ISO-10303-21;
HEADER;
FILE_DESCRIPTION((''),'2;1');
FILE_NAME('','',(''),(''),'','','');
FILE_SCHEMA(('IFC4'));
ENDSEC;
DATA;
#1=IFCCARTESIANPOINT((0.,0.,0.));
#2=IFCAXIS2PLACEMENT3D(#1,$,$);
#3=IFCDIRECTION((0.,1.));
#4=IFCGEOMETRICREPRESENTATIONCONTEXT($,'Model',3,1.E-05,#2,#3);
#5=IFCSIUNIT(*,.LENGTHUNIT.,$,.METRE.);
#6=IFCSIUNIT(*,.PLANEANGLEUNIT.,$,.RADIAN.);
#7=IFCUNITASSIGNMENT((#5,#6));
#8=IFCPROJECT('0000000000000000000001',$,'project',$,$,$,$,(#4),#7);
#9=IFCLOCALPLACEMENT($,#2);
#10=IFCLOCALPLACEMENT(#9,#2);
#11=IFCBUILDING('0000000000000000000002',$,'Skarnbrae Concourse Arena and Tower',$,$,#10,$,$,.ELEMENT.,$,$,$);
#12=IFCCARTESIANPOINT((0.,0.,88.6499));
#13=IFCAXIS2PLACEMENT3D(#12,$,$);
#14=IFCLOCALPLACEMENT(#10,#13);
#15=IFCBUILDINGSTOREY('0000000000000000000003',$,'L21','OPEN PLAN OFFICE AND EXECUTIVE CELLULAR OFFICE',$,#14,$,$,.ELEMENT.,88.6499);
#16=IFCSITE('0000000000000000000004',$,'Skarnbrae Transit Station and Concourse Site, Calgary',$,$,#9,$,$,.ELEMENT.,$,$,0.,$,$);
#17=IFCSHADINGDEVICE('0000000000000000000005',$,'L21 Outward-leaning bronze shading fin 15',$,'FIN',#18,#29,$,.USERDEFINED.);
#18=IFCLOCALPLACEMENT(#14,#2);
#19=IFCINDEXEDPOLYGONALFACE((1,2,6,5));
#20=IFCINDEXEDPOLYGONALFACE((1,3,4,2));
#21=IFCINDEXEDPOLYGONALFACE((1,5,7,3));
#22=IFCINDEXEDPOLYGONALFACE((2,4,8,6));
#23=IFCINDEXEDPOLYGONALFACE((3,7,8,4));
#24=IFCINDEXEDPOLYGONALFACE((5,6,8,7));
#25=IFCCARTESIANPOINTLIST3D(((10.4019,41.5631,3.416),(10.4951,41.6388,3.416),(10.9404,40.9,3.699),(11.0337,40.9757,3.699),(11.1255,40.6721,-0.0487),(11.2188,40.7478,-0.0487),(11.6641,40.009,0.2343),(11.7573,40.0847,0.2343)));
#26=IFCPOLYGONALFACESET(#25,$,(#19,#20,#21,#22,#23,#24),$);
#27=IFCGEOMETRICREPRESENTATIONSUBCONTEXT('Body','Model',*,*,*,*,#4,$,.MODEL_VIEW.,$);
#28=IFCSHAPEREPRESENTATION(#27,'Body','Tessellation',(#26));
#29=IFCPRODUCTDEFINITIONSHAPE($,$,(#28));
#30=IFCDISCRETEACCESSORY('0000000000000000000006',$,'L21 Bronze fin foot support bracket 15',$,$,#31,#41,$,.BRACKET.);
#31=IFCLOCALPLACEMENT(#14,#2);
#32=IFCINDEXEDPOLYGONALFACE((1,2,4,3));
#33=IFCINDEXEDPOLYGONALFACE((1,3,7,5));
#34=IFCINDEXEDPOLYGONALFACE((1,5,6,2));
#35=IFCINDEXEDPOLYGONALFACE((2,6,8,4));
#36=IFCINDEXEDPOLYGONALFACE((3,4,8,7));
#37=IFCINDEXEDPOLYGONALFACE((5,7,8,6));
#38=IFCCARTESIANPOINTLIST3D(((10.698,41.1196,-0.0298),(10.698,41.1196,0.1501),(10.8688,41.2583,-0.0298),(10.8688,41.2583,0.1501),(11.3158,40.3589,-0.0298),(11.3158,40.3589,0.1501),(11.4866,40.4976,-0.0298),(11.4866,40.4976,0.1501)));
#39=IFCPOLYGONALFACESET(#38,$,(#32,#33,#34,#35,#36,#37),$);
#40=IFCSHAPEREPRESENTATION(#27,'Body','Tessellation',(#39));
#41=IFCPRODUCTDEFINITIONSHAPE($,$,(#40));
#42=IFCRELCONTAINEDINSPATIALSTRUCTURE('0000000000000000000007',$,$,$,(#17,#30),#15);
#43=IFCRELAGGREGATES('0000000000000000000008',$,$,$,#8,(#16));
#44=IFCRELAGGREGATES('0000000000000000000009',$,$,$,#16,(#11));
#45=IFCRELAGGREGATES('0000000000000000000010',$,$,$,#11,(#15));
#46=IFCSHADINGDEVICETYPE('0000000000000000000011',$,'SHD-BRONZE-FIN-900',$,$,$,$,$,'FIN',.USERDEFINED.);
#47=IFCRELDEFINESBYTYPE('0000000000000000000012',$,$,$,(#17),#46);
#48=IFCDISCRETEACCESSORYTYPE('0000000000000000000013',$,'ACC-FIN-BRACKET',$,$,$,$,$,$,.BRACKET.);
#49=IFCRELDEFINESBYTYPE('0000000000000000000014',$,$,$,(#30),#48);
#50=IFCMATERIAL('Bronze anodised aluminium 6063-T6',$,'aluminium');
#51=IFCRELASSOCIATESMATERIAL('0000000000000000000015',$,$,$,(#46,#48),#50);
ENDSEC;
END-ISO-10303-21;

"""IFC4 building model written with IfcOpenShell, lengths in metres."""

from ifc_helpers import new_model, si_unit, direction, frame, origin, origin_2d, place, context, subcontext, project, spatial, rectangle, extrude, source, transform, mapped, material, type_object, element, save


model = new_model("IFC4")

# Units and contexts
model_context = context("Model", 3, precision=1e-05, world=origin(), true_north=direction((0.0, 1.0)))
body_context = subcontext(model_context, "Body", "Model", "MODEL_VIEW")
ifc_project = project(units=[si_unit("LENGTHUNIT", "METRE"), si_unit("PLANEANGLEUNIT", "RADIAN")], contexts=[model_context])

# Site, building, storey
site_placement = place(None, origin())
site = spatial("IfcSite", under=ifc_project, at=site_placement, Name="Skarnbrae Transit Station and Concourse Site, Calgary", CompositionType="ELEMENT", RefElevation=0.0)
building_placement = place(site_placement, origin())
building = spatial("IfcBuilding", under=site, at=building_placement, Name="Skarnbrae Concourse Arena and Tower", CompositionType="ELEMENT")
storey_placement = place(building_placement, frame((0.0, 0.0, 88.6499)))
storey = spatial("IfcBuildingStorey", under=building, at=storey_placement, Name="L21", Description="OPEN PLAN OFFICE AND EXECUTIVE CELLULAR OFFICE", CompositionType="ELEMENT", Elevation=88.6499)

# Shared definitions
ifc_material_1 = material(Name="Bronze anodised aluminium 6063-T6", Category="aluminium")

# Shading device
shading_device_type = type_object("IfcShadingDeviceType", Name="SHD-BRONZE-FIN-900", ElementType="FIN", PredefinedType="USERDEFINED", material=ifc_material_1)
shared_shape_1 = source(origin(), body_context, "Body", "SweptSolid", [
    extrude(rectangle(XDim=0.1201, YDim=0.8999, at=origin_2d()), origin(), (0.0, 0.0, 1.0), 3.6499),
])
shading_device_placement = place(storey_placement, frame((11.4414, 40.3784, 0.0928), z_axis=(-0.198264, 0.244121, 0.949261), x_axis=(0.776245, 0.630432, 0.0)))
element("IfcShadingDevice", 1, at=shading_device_placement, inside=storey, type_object=shading_device_type, Name="L21 Outward-leaning bronze shading fin 15", ObjectType="FIN", PredefinedType="USERDEFINED", context=body_context, shape_type="MappedRepresentation", body=[
    mapped(shared_shape_1, transform((0.0, 0.0, 0.0))),
])

# Discrete accessory
discrete_accessory_type = type_object("IfcDiscreteAccessoryType", Name="ACC-FIN-BRACKET", PredefinedType="BRACKET", material=ifc_material_1)
shared_shape_2 = source(origin(), body_context, "Body", "SweptSolid", [
    extrude(rectangle(XDim=0.22, YDim=0.98, at=origin_2d()), origin(), (0.0, 0.0, 1.0), 0.1799),
])
discrete_accessory_placement = place(storey_placement, frame((11.0923, 40.8086, -0.0298), z_axis=(0.0, 0.0, 1.0), x_axis=(0.776245, 0.630432, 0.0)))
element("IfcDiscreteAccessory", 2, at=discrete_accessory_placement, inside=storey, type_object=discrete_accessory_type, Name="L21 Bronze fin foot support bracket 15", PredefinedType="BRACKET", context=body_context, shape_type="MappedRepresentation", body=[
    mapped(shared_shape_2, transform((0.0, 0.0, 0.0))),
])

save(model, "model.ifc")
